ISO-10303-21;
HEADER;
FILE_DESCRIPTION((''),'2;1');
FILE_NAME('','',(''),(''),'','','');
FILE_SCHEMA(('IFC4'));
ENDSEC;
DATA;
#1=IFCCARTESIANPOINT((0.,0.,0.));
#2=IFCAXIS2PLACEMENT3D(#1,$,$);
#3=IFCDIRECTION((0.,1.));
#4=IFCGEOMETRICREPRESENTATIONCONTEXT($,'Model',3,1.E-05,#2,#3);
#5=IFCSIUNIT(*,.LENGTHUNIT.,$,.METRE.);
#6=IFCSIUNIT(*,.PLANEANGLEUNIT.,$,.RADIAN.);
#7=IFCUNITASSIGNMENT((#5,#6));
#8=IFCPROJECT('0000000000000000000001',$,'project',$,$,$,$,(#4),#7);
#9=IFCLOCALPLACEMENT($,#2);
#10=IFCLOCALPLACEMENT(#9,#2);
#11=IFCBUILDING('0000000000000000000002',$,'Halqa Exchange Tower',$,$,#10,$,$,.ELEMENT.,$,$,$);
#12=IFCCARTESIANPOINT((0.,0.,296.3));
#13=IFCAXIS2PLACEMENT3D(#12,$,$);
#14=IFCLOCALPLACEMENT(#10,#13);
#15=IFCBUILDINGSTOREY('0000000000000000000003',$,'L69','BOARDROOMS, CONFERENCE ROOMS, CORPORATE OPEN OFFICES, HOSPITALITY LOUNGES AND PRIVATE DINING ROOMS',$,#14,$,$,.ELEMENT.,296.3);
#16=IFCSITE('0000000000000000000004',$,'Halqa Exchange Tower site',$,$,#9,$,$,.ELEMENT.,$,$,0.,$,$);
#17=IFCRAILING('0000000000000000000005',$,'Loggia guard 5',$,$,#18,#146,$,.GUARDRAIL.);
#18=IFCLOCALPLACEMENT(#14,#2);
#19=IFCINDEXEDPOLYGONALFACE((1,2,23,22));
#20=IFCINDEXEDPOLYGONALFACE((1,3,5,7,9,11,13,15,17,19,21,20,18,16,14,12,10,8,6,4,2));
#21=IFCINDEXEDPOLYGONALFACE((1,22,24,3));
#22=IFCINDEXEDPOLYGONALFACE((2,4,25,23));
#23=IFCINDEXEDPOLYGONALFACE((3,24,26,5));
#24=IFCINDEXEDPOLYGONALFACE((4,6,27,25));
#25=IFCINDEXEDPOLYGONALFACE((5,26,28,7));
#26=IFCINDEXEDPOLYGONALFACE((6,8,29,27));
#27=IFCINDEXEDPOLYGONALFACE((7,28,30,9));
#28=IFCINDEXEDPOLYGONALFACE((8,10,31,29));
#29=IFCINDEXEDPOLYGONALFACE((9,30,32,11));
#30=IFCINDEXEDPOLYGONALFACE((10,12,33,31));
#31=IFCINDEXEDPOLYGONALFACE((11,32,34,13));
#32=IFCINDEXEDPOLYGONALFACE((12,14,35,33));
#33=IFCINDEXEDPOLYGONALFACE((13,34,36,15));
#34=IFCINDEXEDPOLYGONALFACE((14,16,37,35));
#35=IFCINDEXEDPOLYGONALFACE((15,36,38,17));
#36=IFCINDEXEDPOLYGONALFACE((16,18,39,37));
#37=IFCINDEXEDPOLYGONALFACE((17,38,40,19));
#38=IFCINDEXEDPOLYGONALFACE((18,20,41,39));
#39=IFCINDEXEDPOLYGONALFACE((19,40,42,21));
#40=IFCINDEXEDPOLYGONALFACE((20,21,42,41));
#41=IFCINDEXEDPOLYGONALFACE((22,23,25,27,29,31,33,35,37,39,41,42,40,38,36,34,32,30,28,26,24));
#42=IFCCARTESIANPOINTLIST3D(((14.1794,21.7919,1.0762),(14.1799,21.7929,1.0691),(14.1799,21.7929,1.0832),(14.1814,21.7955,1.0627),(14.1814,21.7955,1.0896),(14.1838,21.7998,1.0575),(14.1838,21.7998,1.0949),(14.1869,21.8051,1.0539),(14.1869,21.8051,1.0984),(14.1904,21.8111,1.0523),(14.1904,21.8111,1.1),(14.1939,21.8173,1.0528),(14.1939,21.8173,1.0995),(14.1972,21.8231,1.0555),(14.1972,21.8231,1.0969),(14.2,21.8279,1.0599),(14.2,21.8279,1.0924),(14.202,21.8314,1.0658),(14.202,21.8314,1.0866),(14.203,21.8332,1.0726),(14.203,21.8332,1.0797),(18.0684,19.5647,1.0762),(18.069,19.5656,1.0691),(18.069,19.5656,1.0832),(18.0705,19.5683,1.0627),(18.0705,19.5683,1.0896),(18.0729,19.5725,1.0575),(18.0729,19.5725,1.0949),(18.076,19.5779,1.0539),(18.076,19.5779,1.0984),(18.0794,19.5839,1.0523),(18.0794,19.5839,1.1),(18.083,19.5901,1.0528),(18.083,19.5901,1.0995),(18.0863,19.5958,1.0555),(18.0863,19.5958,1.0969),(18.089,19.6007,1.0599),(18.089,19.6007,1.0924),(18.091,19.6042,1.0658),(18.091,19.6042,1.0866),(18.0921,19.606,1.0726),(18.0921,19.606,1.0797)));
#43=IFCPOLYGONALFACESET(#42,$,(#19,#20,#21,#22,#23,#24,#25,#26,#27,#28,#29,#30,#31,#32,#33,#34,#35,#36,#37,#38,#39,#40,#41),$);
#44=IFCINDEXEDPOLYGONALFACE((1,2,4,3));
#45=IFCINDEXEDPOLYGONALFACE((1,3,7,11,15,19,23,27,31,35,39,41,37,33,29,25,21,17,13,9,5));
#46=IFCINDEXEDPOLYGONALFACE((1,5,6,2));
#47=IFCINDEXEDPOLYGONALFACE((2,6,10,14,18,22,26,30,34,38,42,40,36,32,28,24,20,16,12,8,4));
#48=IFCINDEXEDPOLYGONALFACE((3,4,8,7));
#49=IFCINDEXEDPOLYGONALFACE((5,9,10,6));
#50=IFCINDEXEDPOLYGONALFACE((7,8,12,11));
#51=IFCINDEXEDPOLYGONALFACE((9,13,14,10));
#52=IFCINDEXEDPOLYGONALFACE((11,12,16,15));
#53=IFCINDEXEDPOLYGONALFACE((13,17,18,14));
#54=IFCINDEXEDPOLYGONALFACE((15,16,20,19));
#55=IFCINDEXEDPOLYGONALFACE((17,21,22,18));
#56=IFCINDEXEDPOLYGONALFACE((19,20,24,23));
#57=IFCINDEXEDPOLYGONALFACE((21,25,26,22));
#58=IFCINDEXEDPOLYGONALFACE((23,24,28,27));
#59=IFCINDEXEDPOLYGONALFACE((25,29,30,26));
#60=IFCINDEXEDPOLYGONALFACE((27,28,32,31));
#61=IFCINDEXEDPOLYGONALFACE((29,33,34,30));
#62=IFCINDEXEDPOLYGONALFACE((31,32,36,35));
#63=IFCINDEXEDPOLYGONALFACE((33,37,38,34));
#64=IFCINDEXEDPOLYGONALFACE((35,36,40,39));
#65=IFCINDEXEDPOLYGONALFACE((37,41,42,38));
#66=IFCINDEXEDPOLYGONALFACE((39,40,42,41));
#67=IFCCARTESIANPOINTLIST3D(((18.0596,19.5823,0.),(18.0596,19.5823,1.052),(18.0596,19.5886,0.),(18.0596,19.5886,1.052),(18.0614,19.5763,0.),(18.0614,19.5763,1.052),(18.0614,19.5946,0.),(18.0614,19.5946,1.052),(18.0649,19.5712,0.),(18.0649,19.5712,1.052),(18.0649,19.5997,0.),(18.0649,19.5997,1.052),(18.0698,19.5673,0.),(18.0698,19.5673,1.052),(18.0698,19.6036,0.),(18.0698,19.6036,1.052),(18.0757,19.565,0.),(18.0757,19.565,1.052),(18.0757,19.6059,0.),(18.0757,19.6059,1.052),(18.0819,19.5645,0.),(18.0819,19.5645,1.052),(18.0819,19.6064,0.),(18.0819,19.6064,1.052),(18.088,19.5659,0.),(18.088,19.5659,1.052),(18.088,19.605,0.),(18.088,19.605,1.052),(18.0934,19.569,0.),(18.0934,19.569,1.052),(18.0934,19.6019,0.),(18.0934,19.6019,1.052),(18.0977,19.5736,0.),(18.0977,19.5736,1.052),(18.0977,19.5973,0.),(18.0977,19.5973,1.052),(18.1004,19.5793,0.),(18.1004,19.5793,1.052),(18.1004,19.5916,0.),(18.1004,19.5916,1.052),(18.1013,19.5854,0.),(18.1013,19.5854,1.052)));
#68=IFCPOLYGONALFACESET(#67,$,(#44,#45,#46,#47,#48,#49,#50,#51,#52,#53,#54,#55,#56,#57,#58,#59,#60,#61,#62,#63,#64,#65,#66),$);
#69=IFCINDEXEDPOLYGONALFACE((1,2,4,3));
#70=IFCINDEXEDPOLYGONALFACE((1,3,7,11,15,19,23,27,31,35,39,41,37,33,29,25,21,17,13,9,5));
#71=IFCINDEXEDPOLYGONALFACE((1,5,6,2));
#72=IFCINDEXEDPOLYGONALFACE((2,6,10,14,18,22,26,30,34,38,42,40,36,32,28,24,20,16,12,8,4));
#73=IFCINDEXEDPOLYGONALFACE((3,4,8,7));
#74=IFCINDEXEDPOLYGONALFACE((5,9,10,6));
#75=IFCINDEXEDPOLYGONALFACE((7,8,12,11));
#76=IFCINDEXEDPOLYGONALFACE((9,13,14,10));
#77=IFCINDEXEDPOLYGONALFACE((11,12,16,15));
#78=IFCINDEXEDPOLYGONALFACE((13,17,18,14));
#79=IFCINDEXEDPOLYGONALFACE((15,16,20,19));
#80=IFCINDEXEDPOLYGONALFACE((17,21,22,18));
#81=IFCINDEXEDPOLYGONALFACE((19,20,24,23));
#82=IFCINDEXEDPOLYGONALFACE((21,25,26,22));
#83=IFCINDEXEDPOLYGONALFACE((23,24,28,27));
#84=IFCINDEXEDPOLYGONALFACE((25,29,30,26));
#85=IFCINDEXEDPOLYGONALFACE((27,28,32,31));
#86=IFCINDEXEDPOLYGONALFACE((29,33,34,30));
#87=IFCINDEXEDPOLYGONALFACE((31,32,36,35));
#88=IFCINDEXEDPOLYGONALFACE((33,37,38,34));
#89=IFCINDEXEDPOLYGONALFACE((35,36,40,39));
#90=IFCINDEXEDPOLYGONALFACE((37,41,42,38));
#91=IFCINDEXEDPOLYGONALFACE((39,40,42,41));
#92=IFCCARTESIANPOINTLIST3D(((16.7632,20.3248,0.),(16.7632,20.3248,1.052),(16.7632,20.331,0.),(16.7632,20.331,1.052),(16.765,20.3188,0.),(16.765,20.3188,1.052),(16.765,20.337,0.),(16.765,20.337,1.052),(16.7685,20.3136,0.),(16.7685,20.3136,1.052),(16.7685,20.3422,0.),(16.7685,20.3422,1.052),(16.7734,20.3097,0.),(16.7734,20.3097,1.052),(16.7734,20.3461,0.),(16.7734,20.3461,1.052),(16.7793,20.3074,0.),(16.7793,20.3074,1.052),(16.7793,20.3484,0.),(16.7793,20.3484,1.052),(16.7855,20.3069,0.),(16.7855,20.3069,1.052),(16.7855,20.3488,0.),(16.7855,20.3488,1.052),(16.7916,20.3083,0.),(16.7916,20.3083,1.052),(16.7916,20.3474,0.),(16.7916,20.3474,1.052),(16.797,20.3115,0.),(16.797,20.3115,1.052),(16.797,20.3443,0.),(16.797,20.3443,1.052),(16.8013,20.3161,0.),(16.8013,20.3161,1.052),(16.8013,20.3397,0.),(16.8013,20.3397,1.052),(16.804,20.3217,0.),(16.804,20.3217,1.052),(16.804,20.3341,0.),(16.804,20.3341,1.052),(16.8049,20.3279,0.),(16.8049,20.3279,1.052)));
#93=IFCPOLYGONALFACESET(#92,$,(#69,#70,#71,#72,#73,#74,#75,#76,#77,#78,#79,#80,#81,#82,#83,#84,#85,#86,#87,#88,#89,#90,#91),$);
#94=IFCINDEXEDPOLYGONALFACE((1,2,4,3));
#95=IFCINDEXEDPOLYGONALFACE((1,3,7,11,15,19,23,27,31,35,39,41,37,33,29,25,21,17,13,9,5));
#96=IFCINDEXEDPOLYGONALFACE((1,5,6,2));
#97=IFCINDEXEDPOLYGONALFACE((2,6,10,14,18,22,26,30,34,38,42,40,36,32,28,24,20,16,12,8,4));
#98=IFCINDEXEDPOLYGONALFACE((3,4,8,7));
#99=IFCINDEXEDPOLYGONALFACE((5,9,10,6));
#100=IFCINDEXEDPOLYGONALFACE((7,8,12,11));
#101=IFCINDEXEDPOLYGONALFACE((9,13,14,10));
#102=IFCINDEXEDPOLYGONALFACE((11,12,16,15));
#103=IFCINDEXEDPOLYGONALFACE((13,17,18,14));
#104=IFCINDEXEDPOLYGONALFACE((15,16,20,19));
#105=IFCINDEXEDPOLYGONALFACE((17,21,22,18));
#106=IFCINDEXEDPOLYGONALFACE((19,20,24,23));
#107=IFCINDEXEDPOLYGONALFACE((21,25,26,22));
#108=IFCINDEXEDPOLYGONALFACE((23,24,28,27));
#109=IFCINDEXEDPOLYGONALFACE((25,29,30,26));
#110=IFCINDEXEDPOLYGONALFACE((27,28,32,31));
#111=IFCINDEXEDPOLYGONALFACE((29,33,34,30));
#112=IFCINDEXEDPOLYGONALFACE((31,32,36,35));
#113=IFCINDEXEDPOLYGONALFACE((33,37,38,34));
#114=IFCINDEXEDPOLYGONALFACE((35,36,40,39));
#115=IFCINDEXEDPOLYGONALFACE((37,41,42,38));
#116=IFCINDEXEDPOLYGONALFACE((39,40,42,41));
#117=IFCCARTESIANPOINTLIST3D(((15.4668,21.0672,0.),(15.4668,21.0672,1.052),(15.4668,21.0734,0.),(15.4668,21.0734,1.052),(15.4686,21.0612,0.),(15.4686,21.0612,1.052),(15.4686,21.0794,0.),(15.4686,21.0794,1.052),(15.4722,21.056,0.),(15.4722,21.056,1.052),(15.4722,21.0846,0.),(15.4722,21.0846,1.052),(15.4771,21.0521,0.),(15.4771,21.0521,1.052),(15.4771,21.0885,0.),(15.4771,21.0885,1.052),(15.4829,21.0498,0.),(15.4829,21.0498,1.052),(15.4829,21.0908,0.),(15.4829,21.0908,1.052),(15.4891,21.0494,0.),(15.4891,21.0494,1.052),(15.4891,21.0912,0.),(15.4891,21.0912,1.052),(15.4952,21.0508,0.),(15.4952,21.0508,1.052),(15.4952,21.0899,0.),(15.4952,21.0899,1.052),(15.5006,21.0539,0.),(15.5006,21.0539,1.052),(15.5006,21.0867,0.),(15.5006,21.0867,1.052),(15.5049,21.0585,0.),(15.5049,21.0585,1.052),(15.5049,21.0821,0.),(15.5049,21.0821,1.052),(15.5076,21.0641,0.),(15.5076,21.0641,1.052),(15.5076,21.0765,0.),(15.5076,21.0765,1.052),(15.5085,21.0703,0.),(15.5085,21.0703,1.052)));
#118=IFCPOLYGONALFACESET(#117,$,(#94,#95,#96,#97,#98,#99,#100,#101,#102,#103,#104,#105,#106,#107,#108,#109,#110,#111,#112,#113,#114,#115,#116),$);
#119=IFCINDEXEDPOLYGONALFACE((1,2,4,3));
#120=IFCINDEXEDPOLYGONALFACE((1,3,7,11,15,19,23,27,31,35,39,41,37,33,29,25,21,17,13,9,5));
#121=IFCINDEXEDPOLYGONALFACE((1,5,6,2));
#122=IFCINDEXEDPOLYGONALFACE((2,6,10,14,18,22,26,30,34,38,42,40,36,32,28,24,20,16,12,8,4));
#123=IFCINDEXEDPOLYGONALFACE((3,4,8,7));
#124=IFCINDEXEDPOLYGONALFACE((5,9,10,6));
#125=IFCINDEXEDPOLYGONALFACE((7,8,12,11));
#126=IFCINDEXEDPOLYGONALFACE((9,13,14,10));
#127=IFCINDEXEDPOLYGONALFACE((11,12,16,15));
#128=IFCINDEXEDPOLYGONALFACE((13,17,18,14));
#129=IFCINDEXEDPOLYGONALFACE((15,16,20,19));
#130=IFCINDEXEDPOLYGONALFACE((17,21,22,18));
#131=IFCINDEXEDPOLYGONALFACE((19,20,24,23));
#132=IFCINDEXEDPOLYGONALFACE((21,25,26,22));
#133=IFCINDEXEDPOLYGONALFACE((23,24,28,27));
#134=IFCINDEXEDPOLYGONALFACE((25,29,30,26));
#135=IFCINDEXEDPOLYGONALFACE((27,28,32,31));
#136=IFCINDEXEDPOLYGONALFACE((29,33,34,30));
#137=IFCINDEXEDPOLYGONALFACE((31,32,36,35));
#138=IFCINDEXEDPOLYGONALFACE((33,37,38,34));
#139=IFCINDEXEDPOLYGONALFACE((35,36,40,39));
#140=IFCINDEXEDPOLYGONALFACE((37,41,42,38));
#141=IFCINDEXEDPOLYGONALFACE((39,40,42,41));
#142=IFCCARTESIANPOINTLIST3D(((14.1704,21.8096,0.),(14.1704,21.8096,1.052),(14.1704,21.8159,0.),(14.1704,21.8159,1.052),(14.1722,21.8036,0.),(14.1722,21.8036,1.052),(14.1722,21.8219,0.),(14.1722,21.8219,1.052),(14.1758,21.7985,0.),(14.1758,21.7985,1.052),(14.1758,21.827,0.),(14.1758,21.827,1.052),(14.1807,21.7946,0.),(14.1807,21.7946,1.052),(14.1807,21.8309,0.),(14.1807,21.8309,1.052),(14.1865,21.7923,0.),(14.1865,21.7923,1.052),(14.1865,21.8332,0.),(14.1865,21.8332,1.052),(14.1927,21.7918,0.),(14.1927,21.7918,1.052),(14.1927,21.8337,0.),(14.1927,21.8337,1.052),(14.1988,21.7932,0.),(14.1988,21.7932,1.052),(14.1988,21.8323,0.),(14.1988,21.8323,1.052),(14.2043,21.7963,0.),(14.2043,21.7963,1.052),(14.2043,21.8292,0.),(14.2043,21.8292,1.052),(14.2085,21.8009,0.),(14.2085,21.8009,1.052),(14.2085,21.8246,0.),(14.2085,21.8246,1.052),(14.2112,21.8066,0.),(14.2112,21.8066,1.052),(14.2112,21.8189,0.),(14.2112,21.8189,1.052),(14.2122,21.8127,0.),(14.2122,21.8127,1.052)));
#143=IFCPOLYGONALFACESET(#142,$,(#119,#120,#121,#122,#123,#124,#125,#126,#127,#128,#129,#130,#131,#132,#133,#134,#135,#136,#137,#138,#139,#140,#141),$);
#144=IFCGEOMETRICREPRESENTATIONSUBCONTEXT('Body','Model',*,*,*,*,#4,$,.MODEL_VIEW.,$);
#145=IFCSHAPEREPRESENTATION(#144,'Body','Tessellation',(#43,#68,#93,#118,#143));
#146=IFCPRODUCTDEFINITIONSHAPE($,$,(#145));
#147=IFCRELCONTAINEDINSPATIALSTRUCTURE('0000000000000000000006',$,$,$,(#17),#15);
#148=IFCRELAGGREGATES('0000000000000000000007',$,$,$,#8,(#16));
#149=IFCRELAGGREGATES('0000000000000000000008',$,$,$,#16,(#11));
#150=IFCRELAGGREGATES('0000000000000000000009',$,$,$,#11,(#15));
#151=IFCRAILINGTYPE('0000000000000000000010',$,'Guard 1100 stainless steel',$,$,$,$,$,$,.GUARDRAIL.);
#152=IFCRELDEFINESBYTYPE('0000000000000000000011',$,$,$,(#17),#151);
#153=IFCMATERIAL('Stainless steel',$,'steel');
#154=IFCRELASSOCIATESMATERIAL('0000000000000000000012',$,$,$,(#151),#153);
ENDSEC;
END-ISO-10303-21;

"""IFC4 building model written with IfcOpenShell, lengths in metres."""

from ifc_helpers import new_model, si_unit, direction, frame, origin, origin_2d, place, context, subcontext, project, spatial, circle, extrude, material, type_object, element, save


model = new_model("IFC4")

# Units and contexts
model_context = context("Model", 3, precision=1e-05, world=origin(), true_north=direction((0.0, 1.0)))
body_context = subcontext(model_context, "Body", "Model", "MODEL_VIEW")
ifc_project = project(units=[si_unit("LENGTHUNIT", "METRE"), si_unit("PLANEANGLEUNIT", "RADIAN")], contexts=[model_context])

# Site, building, storey
site_placement = place(None, origin())
site = spatial("IfcSite", under=ifc_project, at=site_placement, Name="Halqa Exchange Tower site", CompositionType="ELEMENT", RefElevation=0.0)
building_placement = place(site_placement, origin())
building = spatial("IfcBuilding", under=site, at=building_placement, Name="Halqa Exchange Tower", CompositionType="ELEMENT")
storey_placement = place(building_placement, frame((0.0, 0.0, 296.3)))
storey = spatial("IfcBuildingStorey", under=building, at=storey_placement, Name="L69", Description="BOARDROOMS, CONFERENCE ROOMS, CORPORATE OPEN OFFICES, HOSPITALITY LOUNGES AND PRIVATE DINING ROOMS", CompositionType="ELEMENT", Elevation=296.3)

# Railing
ifc_material_1 = material(Name="Stainless steel", Category="steel")
railing_type = type_object("IfcRailingType", Name="Guard 1100 stainless steel", PredefinedType="GUARDRAIL", material=ifc_material_1)
railing_1_placement = place(storey_placement, frame((18.0803, 19.5854, 0.0)))
element("IfcRailing", 1, at=railing_1_placement, inside=storey, type_object=railing_type, Name="Loggia guard 5", PredefinedType="GUARDRAIL", context=body_context, shape_type="SweptSolid", body=[
    extrude(circle(Radius=0.0239, at=origin_2d()), frame((0.0, 0.0, 1.0762), z_axis=(-0.86777, 0.496966, 0.0), x_axis=(-0.496966, -0.86777, 0.0)), (0.0, 0.0, 1.0), 4.4817),
    extrude(circle(Radius=0.021, at=origin_2d()), origin(), (0.0, 0.0, 1.0), 1.052),
    extrude(circle(Radius=0.021, at=origin_2d()), frame((-1.2964, 0.7424, 0.0)), (0.0, 0.0, 1.0), 1.052),
    extrude(circle(Radius=0.021, at=origin_2d()), frame((-2.5928, 1.4849, 0.0)), (0.0, 0.0, 1.0), 1.052),
    extrude(circle(Radius=0.021, at=origin_2d()), frame((-3.8892, 2.2273, 0.0)), (0.0, 0.0, 1.0), 1.052),
])

save(model, "model.ifc")
